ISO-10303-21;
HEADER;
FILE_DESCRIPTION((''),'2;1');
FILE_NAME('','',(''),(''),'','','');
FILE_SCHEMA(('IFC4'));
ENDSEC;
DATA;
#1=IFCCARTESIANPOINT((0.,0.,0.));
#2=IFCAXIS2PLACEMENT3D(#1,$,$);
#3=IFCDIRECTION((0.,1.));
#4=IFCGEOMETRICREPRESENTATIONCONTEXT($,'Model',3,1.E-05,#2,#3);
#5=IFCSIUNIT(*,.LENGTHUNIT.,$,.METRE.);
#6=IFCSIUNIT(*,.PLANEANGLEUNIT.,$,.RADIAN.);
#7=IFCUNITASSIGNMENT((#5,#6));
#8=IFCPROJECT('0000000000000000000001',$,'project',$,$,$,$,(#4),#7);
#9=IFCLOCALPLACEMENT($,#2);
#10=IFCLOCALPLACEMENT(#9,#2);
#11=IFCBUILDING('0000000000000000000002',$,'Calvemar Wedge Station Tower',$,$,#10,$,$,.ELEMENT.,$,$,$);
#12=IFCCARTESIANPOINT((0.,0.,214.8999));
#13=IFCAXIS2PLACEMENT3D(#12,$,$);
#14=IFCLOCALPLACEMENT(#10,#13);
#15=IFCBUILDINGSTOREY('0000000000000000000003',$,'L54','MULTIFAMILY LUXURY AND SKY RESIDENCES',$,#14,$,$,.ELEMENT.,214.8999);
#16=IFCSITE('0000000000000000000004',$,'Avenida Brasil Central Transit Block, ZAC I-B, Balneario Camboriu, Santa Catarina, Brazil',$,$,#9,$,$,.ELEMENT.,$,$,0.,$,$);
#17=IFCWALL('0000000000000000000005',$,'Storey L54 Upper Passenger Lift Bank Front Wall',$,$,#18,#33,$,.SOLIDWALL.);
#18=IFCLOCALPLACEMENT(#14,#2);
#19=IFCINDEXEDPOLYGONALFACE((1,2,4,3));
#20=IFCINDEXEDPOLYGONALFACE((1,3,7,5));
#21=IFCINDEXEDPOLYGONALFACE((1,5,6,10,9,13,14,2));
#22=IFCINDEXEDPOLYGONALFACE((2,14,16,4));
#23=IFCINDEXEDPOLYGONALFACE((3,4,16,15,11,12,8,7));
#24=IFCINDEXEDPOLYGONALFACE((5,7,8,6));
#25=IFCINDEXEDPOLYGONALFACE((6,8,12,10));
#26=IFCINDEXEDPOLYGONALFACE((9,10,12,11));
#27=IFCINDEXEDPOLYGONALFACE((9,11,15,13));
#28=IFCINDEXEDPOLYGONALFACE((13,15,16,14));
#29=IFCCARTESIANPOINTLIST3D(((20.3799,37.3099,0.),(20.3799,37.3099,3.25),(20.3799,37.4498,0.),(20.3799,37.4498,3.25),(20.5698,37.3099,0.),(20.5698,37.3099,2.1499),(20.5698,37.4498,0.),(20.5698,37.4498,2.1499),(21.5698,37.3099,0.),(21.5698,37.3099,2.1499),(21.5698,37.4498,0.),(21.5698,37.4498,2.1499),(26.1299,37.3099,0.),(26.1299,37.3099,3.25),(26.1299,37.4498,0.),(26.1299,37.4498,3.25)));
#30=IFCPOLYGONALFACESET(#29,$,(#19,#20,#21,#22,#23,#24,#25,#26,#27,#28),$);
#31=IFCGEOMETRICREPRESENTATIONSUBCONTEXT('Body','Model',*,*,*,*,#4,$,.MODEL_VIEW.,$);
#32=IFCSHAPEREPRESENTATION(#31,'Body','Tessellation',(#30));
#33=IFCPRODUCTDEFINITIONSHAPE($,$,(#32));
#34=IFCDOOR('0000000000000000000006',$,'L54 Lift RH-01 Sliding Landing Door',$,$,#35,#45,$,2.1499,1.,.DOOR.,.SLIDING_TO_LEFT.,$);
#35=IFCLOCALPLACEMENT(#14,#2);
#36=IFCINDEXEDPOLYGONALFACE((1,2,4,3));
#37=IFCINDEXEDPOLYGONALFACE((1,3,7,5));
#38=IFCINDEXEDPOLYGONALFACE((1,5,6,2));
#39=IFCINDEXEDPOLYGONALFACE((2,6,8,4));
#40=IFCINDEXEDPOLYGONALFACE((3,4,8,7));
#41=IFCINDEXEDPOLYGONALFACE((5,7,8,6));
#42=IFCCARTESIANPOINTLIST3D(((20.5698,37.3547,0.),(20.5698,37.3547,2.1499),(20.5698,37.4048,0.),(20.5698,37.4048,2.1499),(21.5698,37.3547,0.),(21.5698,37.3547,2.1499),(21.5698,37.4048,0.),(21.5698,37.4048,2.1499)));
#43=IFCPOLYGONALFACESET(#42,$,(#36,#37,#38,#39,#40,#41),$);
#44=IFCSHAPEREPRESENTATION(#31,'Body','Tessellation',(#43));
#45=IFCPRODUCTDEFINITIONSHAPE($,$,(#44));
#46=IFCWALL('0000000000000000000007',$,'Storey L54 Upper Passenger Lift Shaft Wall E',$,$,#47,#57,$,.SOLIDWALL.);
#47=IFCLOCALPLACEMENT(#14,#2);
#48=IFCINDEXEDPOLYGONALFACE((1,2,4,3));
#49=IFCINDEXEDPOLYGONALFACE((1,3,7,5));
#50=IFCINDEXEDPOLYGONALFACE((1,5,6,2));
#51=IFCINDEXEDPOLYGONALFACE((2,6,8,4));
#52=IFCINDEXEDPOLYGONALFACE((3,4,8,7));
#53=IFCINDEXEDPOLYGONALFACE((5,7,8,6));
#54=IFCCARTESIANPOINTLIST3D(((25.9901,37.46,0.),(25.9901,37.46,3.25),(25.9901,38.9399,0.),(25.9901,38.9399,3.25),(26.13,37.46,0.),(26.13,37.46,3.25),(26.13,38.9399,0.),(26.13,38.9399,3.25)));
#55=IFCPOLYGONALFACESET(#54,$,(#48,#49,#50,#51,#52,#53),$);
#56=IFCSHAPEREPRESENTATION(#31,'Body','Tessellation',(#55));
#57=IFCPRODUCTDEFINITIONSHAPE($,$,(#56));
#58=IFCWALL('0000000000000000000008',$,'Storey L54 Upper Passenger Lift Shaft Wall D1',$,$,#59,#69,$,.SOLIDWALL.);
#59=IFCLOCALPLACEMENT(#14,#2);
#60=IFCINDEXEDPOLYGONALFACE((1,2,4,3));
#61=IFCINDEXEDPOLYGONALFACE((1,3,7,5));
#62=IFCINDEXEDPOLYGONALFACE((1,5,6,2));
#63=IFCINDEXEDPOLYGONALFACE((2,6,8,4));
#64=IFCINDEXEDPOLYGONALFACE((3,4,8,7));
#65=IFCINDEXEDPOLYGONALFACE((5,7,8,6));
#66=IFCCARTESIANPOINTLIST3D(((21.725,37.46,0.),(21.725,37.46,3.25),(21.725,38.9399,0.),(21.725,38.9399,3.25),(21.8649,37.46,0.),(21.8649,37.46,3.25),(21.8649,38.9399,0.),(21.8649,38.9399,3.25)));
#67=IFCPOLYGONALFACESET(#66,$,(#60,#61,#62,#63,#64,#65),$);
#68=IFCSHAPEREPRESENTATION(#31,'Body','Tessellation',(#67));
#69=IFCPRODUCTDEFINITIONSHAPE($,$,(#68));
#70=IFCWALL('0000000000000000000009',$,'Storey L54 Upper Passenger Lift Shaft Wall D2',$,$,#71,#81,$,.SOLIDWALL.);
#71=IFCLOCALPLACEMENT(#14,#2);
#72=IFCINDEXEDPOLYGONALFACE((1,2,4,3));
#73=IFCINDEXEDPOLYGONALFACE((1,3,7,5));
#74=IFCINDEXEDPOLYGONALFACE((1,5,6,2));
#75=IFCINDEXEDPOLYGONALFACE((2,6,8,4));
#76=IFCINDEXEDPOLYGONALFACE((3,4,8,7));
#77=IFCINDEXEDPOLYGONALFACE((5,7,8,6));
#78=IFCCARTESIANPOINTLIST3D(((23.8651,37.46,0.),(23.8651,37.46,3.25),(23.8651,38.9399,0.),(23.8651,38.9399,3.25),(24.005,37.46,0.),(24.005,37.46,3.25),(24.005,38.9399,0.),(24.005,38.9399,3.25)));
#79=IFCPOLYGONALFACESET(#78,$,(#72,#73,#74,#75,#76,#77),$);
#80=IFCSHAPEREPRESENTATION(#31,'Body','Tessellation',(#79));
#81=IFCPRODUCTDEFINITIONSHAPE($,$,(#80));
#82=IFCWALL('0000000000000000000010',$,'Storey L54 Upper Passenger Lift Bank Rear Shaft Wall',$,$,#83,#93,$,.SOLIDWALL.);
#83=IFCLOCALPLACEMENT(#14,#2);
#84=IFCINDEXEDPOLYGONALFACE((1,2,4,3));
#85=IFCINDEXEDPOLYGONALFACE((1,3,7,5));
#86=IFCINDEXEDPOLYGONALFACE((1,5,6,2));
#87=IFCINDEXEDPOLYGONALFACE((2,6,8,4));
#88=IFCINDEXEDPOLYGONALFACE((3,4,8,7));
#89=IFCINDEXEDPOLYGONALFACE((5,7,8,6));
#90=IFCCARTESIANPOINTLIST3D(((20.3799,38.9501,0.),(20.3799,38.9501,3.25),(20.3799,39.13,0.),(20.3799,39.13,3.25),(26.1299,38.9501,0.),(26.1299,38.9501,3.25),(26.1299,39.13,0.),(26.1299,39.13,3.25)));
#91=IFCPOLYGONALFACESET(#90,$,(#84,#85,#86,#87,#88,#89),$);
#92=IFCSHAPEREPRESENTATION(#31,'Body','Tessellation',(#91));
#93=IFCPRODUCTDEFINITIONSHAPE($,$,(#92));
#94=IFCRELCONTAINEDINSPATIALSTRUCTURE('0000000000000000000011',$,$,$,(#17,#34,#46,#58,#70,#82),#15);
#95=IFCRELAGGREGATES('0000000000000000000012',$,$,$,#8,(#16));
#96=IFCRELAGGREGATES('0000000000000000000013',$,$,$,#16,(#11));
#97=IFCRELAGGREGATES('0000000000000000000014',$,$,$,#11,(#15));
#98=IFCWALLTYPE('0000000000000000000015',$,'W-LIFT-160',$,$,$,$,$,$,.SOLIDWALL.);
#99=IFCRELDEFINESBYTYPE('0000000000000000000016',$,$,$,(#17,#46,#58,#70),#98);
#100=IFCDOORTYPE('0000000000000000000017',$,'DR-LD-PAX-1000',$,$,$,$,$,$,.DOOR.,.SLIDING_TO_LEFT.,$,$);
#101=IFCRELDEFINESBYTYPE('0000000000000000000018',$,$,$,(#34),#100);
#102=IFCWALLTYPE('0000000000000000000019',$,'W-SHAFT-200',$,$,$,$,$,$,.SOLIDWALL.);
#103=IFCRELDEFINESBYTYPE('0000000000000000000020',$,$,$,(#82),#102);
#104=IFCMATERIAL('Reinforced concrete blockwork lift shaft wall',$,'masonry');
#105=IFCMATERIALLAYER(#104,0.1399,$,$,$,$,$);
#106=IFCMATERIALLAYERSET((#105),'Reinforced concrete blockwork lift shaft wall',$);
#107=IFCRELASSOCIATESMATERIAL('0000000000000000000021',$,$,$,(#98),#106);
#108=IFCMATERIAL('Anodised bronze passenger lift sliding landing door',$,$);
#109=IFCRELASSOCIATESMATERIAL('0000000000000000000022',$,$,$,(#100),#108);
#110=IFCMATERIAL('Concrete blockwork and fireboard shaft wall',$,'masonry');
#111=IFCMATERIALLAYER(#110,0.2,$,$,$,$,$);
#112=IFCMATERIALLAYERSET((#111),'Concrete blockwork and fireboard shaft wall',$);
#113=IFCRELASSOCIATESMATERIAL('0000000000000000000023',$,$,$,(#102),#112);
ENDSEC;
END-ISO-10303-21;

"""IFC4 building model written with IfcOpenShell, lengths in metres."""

from ifc_helpers import new_model, si_unit, direction, frame, frame_2d, origin, place, context, subcontext, project, spatial, rectangle, extrude, source, transform, mapped, material, layer, layer_set, type_object, element, fill, save


model = new_model("IFC4")

# Units and contexts
model_context = context("Model", 3, precision=1e-05, world=origin(), true_north=direction((0.0, 1.0)))
body_context = subcontext(model_context, "Body", "Model", "MODEL_VIEW")
ifc_project = project(units=[si_unit("LENGTHUNIT", "METRE"), si_unit("PLANEANGLEUNIT", "RADIAN")], contexts=[model_context])

# Site, building, storey
site_placement = place(None, origin())
site = spatial("IfcSite", under=ifc_project, at=site_placement, Name="Avenida Brasil Central Transit Block, ZAC I-B, Balneario Camboriu, Santa Catarina, Brazil", CompositionType="ELEMENT", RefElevation=0.0)
building_placement = place(site_placement, origin())
building = spatial("IfcBuilding", under=site, at=building_placement, Name="Calvemar Wedge Station Tower", CompositionType="ELEMENT")
storey_placement = place(building_placement, frame((0.0, 0.0, 214.8999)))
storey = spatial("IfcBuildingStorey", under=building, at=storey_placement, Name="L54", Description="MULTIFAMILY LUXURY AND SKY RESIDENCES", CompositionType="ELEMENT", Elevation=214.8999)

# Wall, opening, door
ifc_material_1 = material(Name="Reinforced concrete blockwork lift shaft wall", Category="masonry")
ifc_layer_1 = layer(ifc_material_1, 0.1399)
ifc_layer_set_1 = layer_set([ifc_layer_1], Name="Reinforced concrete blockwork lift shaft wall")
wall_type_1 = type_object("IfcWallType", Name="W-LIFT-160", PredefinedType="SOLIDWALL", material=ifc_layer_set_1)
wall_1_placement = place(storey_placement, frame((20.3799, 37.3799, 0.0), z_axis=(0.0, 0.0, 1.0), x_axis=(1.0, 0.0, 0.0)))
wall_1 = element("IfcWall", 1, at=wall_1_placement, inside=storey, type_object=wall_type_1, Name="Storey L54 Upper Passenger Lift Bank Front Wall", PredefinedType="SOLIDWALL", context=body_context, shape_type="SweptSolid", body=[
    extrude(rectangle(XDim=5.75, YDim=0.1399, at=frame_2d((2.875, 0.0))), origin(), (0.0, 0.0, 1.0), 3.25),
])
shared_shape_1 = source(origin(), body_context, "Body", "SweptSolid", [
    extrude(rectangle(XDim=1.0, YDim=2.1499, at=frame_2d((0.5, 1.075))), frame((0.0, 0.0801, 0.0), z_axis=(0.0, -1.0, 0.0), x_axis=(1.0, 0.0, 0.0)), (0.0, 0.0, 1.0), 0.1599),
])
opening_1_placement = place(wall_1_placement, frame((0.1899, 0.0, 0.0)))
opening_1 = element("IfcOpeningElement", 2, at=opening_1_placement, cuts=wall_1, PredefinedType="OPENING", context=body_context, shape_type="MappedRepresentation", body=[
    mapped(shared_shape_1, transform((0.0, 0.0, 0.0), scale=1.0)),
])
ifc_material_2 = material(Name="Anodised bronze passenger lift sliding landing door")
door_type_1 = type_object("IfcDoorType", Name="DR-LD-PAX-1000", OperationType="SLIDING_TO_LEFT", PredefinedType="DOOR", material=ifc_material_2)
shared_shape_2 = source(origin(), body_context, "Body", "SweptSolid", [
    extrude(rectangle(XDim=1.0, YDim=2.1499, at=frame_2d((0.5, 1.075))), frame((0.0, 0.0249, 0.0), z_axis=(0.0, -1.0, 0.0), x_axis=(1.0, 0.0, 0.0)), (0.0, 0.0, 1.0), 0.05),
])
door_1_placement = place(opening_1_placement, origin())
door_1 = element("IfcDoor", 3, at=door_1_placement, inside=storey, type_object=door_type_1, Name="L54 Lift RH-01 Sliding Landing Door", OperationType="SLIDING_TO_LEFT", OverallHeight=2.1499, OverallWidth=1.0, PredefinedType="DOOR", context=body_context, shape_type="MappedRepresentation", body=[
    mapped(shared_shape_2, transform((0.0, 0.0, 0.0), scale=1.0)),
])
fill(opening_1, door_1)

# Walls
for number, where, z_axis, x_axis, name in (
    (4, (26.0601, 37.46, 0.0), (0.0, 0.0, 1.0), (0.0, 1.0, 0.0), "Storey L54 Upper Passenger Lift Shaft Wall E"),
    (5, (21.7949, 37.46, 0.0), (0.0, 0.0, 1.0), (0.0, 1.0, 0.0), "Storey L54 Upper Passenger Lift Shaft Wall D1"),
    (6, (23.9351, 37.46, 0.0), (0.0, 0.0, 1.0), (0.0, 1.0, 0.0), "Storey L54 Upper Passenger Lift Shaft Wall D2"),
):
    element("IfcWall", number, at=place(storey_placement, frame(where, z_axis=z_axis, x_axis=x_axis)), inside=storey, type_object=wall_type_1, Name=name, PredefinedType="SOLIDWALL", context=body_context, shape_type="SweptSolid", body=[
        extrude(rectangle(XDim=1.48, YDim=0.1399, at=frame_2d((0.74, 0.0))), origin(), (0.0, 0.0, 1.0), 3.25),
    ])
ifc_material_3 = material(Name="Concrete blockwork and fireboard shaft wall", Category="masonry")
ifc_layer_2 = layer(ifc_material_3, 0.2)
ifc_layer_set_2 = layer_set([ifc_layer_2], Name="Concrete blockwork and fireboard shaft wall")
wall_type_2 = type_object("IfcWallType", Name="W-SHAFT-200", PredefinedType="SOLIDWALL", material=ifc_layer_set_2)
wall_2_placement = place(storey_placement, frame((20.3799, 39.04, 0.0), z_axis=(0.0, 0.0, 1.0), x_axis=(1.0, 0.0, 0.0)))
element("IfcWall", 7, at=wall_2_placement, inside=storey, type_object=wall_type_2, Name="Storey L54 Upper Passenger Lift Bank Rear Shaft Wall", PredefinedType="SOLIDWALL", context=body_context, shape_type="SweptSolid", body=[
    extrude(rectangle(XDim=5.75, YDim=0.1799, at=frame_2d((2.875, 0.0))), origin(), (0.0, 0.0, 1.0), 3.25),
])

save(model, "model.ifc")
